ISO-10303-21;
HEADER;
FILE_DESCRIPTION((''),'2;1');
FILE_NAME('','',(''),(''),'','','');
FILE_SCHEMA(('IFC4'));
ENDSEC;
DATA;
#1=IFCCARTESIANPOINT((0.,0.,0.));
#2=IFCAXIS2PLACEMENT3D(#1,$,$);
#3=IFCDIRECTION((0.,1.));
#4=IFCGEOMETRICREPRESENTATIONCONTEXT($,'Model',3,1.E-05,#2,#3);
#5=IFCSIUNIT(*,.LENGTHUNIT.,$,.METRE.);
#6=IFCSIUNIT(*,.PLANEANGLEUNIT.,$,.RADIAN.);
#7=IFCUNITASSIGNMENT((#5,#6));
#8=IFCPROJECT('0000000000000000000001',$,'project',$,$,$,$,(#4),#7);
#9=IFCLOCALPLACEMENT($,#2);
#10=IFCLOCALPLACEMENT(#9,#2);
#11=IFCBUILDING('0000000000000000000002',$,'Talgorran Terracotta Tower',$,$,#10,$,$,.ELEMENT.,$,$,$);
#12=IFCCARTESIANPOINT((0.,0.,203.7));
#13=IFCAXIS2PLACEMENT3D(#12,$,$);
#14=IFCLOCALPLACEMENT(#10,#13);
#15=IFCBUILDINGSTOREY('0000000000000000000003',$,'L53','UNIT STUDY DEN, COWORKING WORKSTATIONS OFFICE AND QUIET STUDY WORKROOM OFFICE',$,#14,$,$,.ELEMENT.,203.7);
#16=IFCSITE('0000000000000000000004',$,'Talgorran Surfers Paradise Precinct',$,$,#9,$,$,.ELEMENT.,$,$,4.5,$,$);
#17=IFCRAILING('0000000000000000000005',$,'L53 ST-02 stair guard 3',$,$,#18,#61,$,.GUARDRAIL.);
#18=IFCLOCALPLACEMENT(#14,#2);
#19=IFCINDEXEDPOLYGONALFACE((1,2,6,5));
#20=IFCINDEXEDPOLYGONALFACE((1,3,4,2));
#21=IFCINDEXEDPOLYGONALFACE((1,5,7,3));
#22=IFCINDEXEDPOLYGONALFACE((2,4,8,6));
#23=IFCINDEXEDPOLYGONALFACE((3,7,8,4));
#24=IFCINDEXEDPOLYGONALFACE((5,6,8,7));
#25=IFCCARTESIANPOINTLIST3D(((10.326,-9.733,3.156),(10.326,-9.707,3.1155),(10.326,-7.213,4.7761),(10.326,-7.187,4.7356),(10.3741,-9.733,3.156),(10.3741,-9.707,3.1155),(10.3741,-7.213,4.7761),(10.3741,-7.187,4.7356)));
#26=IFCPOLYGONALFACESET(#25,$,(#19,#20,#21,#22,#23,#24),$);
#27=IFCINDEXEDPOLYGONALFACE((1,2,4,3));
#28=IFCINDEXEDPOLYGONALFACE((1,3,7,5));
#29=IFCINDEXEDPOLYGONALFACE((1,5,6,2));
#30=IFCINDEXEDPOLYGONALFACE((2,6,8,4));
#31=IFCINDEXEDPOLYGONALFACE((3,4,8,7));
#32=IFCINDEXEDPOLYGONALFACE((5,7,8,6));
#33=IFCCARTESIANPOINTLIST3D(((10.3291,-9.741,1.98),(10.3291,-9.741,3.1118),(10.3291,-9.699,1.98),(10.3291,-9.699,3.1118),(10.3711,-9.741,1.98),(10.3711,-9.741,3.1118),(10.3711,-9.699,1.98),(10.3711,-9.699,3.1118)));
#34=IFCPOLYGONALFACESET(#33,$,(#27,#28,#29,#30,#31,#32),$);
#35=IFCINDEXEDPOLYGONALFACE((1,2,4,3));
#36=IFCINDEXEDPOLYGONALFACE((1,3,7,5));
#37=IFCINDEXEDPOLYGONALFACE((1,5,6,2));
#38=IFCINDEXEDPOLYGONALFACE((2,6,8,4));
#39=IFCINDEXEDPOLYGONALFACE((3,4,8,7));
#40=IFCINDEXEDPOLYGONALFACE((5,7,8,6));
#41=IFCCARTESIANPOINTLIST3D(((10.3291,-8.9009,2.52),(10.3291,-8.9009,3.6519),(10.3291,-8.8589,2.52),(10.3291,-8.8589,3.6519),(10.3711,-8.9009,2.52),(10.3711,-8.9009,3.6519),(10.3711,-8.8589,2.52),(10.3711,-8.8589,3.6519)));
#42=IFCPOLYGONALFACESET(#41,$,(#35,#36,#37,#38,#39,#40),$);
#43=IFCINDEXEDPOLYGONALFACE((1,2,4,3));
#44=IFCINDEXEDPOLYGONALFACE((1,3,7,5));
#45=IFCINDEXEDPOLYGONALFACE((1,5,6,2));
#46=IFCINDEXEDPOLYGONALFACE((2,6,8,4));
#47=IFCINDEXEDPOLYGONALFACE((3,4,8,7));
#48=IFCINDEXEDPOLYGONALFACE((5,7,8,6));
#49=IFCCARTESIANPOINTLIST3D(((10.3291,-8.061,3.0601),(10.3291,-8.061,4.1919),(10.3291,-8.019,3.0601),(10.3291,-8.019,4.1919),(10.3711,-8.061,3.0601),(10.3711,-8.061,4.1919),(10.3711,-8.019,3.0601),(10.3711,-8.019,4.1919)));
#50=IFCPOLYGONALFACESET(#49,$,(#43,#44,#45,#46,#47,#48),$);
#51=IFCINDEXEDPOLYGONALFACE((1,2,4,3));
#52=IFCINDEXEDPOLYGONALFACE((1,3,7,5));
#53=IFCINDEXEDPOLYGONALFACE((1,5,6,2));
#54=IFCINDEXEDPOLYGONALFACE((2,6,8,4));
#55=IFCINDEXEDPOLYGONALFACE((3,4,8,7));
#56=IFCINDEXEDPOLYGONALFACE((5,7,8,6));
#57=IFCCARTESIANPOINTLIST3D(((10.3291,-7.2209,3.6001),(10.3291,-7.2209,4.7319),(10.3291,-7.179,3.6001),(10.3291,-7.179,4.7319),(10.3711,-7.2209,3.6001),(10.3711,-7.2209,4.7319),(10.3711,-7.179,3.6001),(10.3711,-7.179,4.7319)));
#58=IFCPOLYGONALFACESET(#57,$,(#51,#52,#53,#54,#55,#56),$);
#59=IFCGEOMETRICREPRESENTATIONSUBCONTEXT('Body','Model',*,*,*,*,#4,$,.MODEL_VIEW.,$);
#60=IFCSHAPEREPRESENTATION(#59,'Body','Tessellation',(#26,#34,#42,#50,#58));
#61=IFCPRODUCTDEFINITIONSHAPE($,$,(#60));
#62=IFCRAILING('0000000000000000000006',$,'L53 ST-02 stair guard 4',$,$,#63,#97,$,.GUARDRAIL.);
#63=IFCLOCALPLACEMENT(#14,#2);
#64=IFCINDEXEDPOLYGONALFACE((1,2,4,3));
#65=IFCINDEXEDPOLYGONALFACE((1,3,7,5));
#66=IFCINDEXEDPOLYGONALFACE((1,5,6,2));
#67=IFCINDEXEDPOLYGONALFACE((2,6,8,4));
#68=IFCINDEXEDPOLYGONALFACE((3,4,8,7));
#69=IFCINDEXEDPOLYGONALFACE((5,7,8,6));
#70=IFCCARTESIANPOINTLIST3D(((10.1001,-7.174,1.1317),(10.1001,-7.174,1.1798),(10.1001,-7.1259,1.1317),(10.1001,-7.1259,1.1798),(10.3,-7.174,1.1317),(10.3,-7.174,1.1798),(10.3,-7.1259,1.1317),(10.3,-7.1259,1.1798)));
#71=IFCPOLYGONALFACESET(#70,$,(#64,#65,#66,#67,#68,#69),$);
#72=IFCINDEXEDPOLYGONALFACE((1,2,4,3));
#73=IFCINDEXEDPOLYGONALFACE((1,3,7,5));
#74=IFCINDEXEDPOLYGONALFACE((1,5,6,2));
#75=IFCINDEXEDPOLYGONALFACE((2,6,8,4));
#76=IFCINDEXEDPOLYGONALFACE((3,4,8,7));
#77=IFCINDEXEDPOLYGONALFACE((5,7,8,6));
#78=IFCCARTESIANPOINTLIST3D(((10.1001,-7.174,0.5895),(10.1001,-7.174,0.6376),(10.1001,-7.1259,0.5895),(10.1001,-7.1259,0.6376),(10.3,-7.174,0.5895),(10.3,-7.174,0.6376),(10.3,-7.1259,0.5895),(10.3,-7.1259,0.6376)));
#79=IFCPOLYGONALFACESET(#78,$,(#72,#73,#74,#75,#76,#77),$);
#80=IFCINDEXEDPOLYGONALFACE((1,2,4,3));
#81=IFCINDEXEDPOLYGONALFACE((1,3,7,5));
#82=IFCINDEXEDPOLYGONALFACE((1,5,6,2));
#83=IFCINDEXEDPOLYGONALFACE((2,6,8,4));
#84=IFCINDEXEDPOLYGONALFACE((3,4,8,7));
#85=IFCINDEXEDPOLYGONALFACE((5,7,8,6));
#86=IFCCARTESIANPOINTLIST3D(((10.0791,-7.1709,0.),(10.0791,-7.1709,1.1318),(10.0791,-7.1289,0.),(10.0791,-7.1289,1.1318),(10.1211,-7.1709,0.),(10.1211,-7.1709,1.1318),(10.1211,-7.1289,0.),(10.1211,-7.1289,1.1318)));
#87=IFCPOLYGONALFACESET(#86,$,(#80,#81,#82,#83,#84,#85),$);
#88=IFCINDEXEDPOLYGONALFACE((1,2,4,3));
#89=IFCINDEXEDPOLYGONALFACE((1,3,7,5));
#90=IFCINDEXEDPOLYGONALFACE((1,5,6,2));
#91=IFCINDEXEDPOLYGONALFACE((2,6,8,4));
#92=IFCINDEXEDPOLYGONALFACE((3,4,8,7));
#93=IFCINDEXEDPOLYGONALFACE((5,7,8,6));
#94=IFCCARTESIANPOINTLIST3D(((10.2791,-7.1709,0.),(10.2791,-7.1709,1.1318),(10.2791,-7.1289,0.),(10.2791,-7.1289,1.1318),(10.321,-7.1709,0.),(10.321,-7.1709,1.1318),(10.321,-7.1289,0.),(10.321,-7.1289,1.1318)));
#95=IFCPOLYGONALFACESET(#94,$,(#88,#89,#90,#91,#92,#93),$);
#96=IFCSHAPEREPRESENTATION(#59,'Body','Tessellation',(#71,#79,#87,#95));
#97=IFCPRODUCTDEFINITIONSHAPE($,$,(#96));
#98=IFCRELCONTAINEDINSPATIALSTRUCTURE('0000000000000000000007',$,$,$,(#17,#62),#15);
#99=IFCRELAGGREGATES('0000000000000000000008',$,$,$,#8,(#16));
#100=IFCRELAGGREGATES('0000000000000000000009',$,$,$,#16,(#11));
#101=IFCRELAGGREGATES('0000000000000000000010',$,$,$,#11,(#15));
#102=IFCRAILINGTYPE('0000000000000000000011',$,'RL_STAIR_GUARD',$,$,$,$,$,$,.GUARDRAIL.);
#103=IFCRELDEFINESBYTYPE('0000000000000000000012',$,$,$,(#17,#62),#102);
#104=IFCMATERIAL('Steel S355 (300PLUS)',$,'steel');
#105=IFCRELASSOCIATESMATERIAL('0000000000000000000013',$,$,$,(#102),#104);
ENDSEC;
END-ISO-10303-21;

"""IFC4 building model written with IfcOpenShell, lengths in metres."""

from ifc_helpers import new_model, si_unit, direction, frame, origin, origin_2d, place, context, subcontext, project, spatial, rectangle, extrude, material, type_object, element, save


model = new_model("IFC4")

# Units and contexts
model_context = context("Model", 3, precision=1e-05, world=origin(), true_north=direction((0.0, 1.0)))
body_context = subcontext(model_context, "Body", "Model", "MODEL_VIEW")
ifc_project = project(units=[si_unit("LENGTHUNIT", "METRE"), si_unit("PLANEANGLEUNIT", "RADIAN")], contexts=[model_context])

# Site, building, storey
site_placement = place(None, origin())
site = spatial("IfcSite", under=ifc_project, at=site_placement, Name="Talgorran Surfers Paradise Precinct", CompositionType="ELEMENT", RefElevation=4.5)
building_placement = place(site_placement, origin())
building = spatial("IfcBuilding", under=site, at=building_placement, Name="Talgorran Terracotta Tower", CompositionType="ELEMENT")
storey_placement = place(building_placement, frame((0.0, 0.0, 203.7)))
storey = spatial("IfcBuildingStorey", under=building, at=storey_placement, Name="L53", Description="UNIT STUDY DEN, COWORKING WORKSTATIONS OFFICE AND QUIET STUDY WORKROOM OFFICE", CompositionType="ELEMENT", Elevation=203.7)

# Shared definitions
ifc_material_1 = material(Name="Steel S355 (300PLUS)", Category="steel")

# Railings
railing_type_1 = type_object("IfcRailingType", Name="RL_STAIR_GUARD", PredefinedType="GUARDRAIL", material=ifc_material_1)
railing_1_placement = place(storey_placement, frame((10.3501, -9.72, 1.98)))
element("IfcRailing", 1, at=railing_1_placement, inside=storey, type_object=railing_type_1, Name="L53 ST-02 stair guard 3", PredefinedType="GUARDRAIL", context=body_context, shape_type="SweptSolid", body=[
    extrude(rectangle(XDim=0.0481, YDim=0.0481, at=origin_2d()), frame((0.0, 0.0, 1.1558), z_axis=(0.0, 0.841163, 0.540782), x_axis=(-1.0, 0.0, 0.0)), (0.0, 0.0, 1.0), 2.9958),
    extrude(rectangle(XDim=0.042, YDim=0.042, at=origin_2d()), origin(), (0.0, 0.0, 1.0), 1.1318),
    extrude(rectangle(XDim=0.042, YDim=0.042, at=origin_2d()), frame((0.0, 0.8401, 0.54)), (0.0, 0.0, 1.0), 1.1318),
    extrude(rectangle(XDim=0.042, YDim=0.042, at=origin_2d()), frame((0.0, 1.6799, 1.0801)), (0.0, 0.0, 1.0), 1.1318),
    extrude(rectangle(XDim=0.042, YDim=0.042, at=origin_2d()), frame((0.0, 2.52, 1.6201)), (0.0, 0.0, 1.0), 1.1318),
])
railing_2_placement = place(storey_placement, frame((10.1001, -7.1499, 0.0)))
element("IfcRailing", 2, at=railing_2_placement, inside=storey, type_object=railing_type_1, Name="L53 ST-02 stair guard 4", PredefinedType="GUARDRAIL", context=body_context, shape_type="SweptSolid", body=[
    extrude(rectangle(XDim=0.0481, YDim=0.0481, at=origin_2d()), frame((0.0, 0.0, 1.1558), z_axis=(1.0, 0.0, 0.0), x_axis=(0.0, 1.0, 0.0)), (0.0, 0.0, 1.0), 0.2),
    extrude(rectangle(XDim=0.0481, YDim=0.0481, at=origin_2d()), frame((0.0, 0.0, 0.6135), z_axis=(1.0, 0.0, 0.0), x_axis=(0.0, 1.0, 0.0)), (0.0, 0.0, 1.0), 0.2),
    extrude(rectangle(XDim=0.042, YDim=0.042, at=origin_2d()), origin(), (0.0, 0.0, 1.0), 1.1318),
    extrude(rectangle(XDim=0.042, YDim=0.042, at=origin_2d()), frame((0.2, 0.0, 0.0)), (0.0, 0.0, 1.0), 1.1318),
])

save(model, "model.ifc")
